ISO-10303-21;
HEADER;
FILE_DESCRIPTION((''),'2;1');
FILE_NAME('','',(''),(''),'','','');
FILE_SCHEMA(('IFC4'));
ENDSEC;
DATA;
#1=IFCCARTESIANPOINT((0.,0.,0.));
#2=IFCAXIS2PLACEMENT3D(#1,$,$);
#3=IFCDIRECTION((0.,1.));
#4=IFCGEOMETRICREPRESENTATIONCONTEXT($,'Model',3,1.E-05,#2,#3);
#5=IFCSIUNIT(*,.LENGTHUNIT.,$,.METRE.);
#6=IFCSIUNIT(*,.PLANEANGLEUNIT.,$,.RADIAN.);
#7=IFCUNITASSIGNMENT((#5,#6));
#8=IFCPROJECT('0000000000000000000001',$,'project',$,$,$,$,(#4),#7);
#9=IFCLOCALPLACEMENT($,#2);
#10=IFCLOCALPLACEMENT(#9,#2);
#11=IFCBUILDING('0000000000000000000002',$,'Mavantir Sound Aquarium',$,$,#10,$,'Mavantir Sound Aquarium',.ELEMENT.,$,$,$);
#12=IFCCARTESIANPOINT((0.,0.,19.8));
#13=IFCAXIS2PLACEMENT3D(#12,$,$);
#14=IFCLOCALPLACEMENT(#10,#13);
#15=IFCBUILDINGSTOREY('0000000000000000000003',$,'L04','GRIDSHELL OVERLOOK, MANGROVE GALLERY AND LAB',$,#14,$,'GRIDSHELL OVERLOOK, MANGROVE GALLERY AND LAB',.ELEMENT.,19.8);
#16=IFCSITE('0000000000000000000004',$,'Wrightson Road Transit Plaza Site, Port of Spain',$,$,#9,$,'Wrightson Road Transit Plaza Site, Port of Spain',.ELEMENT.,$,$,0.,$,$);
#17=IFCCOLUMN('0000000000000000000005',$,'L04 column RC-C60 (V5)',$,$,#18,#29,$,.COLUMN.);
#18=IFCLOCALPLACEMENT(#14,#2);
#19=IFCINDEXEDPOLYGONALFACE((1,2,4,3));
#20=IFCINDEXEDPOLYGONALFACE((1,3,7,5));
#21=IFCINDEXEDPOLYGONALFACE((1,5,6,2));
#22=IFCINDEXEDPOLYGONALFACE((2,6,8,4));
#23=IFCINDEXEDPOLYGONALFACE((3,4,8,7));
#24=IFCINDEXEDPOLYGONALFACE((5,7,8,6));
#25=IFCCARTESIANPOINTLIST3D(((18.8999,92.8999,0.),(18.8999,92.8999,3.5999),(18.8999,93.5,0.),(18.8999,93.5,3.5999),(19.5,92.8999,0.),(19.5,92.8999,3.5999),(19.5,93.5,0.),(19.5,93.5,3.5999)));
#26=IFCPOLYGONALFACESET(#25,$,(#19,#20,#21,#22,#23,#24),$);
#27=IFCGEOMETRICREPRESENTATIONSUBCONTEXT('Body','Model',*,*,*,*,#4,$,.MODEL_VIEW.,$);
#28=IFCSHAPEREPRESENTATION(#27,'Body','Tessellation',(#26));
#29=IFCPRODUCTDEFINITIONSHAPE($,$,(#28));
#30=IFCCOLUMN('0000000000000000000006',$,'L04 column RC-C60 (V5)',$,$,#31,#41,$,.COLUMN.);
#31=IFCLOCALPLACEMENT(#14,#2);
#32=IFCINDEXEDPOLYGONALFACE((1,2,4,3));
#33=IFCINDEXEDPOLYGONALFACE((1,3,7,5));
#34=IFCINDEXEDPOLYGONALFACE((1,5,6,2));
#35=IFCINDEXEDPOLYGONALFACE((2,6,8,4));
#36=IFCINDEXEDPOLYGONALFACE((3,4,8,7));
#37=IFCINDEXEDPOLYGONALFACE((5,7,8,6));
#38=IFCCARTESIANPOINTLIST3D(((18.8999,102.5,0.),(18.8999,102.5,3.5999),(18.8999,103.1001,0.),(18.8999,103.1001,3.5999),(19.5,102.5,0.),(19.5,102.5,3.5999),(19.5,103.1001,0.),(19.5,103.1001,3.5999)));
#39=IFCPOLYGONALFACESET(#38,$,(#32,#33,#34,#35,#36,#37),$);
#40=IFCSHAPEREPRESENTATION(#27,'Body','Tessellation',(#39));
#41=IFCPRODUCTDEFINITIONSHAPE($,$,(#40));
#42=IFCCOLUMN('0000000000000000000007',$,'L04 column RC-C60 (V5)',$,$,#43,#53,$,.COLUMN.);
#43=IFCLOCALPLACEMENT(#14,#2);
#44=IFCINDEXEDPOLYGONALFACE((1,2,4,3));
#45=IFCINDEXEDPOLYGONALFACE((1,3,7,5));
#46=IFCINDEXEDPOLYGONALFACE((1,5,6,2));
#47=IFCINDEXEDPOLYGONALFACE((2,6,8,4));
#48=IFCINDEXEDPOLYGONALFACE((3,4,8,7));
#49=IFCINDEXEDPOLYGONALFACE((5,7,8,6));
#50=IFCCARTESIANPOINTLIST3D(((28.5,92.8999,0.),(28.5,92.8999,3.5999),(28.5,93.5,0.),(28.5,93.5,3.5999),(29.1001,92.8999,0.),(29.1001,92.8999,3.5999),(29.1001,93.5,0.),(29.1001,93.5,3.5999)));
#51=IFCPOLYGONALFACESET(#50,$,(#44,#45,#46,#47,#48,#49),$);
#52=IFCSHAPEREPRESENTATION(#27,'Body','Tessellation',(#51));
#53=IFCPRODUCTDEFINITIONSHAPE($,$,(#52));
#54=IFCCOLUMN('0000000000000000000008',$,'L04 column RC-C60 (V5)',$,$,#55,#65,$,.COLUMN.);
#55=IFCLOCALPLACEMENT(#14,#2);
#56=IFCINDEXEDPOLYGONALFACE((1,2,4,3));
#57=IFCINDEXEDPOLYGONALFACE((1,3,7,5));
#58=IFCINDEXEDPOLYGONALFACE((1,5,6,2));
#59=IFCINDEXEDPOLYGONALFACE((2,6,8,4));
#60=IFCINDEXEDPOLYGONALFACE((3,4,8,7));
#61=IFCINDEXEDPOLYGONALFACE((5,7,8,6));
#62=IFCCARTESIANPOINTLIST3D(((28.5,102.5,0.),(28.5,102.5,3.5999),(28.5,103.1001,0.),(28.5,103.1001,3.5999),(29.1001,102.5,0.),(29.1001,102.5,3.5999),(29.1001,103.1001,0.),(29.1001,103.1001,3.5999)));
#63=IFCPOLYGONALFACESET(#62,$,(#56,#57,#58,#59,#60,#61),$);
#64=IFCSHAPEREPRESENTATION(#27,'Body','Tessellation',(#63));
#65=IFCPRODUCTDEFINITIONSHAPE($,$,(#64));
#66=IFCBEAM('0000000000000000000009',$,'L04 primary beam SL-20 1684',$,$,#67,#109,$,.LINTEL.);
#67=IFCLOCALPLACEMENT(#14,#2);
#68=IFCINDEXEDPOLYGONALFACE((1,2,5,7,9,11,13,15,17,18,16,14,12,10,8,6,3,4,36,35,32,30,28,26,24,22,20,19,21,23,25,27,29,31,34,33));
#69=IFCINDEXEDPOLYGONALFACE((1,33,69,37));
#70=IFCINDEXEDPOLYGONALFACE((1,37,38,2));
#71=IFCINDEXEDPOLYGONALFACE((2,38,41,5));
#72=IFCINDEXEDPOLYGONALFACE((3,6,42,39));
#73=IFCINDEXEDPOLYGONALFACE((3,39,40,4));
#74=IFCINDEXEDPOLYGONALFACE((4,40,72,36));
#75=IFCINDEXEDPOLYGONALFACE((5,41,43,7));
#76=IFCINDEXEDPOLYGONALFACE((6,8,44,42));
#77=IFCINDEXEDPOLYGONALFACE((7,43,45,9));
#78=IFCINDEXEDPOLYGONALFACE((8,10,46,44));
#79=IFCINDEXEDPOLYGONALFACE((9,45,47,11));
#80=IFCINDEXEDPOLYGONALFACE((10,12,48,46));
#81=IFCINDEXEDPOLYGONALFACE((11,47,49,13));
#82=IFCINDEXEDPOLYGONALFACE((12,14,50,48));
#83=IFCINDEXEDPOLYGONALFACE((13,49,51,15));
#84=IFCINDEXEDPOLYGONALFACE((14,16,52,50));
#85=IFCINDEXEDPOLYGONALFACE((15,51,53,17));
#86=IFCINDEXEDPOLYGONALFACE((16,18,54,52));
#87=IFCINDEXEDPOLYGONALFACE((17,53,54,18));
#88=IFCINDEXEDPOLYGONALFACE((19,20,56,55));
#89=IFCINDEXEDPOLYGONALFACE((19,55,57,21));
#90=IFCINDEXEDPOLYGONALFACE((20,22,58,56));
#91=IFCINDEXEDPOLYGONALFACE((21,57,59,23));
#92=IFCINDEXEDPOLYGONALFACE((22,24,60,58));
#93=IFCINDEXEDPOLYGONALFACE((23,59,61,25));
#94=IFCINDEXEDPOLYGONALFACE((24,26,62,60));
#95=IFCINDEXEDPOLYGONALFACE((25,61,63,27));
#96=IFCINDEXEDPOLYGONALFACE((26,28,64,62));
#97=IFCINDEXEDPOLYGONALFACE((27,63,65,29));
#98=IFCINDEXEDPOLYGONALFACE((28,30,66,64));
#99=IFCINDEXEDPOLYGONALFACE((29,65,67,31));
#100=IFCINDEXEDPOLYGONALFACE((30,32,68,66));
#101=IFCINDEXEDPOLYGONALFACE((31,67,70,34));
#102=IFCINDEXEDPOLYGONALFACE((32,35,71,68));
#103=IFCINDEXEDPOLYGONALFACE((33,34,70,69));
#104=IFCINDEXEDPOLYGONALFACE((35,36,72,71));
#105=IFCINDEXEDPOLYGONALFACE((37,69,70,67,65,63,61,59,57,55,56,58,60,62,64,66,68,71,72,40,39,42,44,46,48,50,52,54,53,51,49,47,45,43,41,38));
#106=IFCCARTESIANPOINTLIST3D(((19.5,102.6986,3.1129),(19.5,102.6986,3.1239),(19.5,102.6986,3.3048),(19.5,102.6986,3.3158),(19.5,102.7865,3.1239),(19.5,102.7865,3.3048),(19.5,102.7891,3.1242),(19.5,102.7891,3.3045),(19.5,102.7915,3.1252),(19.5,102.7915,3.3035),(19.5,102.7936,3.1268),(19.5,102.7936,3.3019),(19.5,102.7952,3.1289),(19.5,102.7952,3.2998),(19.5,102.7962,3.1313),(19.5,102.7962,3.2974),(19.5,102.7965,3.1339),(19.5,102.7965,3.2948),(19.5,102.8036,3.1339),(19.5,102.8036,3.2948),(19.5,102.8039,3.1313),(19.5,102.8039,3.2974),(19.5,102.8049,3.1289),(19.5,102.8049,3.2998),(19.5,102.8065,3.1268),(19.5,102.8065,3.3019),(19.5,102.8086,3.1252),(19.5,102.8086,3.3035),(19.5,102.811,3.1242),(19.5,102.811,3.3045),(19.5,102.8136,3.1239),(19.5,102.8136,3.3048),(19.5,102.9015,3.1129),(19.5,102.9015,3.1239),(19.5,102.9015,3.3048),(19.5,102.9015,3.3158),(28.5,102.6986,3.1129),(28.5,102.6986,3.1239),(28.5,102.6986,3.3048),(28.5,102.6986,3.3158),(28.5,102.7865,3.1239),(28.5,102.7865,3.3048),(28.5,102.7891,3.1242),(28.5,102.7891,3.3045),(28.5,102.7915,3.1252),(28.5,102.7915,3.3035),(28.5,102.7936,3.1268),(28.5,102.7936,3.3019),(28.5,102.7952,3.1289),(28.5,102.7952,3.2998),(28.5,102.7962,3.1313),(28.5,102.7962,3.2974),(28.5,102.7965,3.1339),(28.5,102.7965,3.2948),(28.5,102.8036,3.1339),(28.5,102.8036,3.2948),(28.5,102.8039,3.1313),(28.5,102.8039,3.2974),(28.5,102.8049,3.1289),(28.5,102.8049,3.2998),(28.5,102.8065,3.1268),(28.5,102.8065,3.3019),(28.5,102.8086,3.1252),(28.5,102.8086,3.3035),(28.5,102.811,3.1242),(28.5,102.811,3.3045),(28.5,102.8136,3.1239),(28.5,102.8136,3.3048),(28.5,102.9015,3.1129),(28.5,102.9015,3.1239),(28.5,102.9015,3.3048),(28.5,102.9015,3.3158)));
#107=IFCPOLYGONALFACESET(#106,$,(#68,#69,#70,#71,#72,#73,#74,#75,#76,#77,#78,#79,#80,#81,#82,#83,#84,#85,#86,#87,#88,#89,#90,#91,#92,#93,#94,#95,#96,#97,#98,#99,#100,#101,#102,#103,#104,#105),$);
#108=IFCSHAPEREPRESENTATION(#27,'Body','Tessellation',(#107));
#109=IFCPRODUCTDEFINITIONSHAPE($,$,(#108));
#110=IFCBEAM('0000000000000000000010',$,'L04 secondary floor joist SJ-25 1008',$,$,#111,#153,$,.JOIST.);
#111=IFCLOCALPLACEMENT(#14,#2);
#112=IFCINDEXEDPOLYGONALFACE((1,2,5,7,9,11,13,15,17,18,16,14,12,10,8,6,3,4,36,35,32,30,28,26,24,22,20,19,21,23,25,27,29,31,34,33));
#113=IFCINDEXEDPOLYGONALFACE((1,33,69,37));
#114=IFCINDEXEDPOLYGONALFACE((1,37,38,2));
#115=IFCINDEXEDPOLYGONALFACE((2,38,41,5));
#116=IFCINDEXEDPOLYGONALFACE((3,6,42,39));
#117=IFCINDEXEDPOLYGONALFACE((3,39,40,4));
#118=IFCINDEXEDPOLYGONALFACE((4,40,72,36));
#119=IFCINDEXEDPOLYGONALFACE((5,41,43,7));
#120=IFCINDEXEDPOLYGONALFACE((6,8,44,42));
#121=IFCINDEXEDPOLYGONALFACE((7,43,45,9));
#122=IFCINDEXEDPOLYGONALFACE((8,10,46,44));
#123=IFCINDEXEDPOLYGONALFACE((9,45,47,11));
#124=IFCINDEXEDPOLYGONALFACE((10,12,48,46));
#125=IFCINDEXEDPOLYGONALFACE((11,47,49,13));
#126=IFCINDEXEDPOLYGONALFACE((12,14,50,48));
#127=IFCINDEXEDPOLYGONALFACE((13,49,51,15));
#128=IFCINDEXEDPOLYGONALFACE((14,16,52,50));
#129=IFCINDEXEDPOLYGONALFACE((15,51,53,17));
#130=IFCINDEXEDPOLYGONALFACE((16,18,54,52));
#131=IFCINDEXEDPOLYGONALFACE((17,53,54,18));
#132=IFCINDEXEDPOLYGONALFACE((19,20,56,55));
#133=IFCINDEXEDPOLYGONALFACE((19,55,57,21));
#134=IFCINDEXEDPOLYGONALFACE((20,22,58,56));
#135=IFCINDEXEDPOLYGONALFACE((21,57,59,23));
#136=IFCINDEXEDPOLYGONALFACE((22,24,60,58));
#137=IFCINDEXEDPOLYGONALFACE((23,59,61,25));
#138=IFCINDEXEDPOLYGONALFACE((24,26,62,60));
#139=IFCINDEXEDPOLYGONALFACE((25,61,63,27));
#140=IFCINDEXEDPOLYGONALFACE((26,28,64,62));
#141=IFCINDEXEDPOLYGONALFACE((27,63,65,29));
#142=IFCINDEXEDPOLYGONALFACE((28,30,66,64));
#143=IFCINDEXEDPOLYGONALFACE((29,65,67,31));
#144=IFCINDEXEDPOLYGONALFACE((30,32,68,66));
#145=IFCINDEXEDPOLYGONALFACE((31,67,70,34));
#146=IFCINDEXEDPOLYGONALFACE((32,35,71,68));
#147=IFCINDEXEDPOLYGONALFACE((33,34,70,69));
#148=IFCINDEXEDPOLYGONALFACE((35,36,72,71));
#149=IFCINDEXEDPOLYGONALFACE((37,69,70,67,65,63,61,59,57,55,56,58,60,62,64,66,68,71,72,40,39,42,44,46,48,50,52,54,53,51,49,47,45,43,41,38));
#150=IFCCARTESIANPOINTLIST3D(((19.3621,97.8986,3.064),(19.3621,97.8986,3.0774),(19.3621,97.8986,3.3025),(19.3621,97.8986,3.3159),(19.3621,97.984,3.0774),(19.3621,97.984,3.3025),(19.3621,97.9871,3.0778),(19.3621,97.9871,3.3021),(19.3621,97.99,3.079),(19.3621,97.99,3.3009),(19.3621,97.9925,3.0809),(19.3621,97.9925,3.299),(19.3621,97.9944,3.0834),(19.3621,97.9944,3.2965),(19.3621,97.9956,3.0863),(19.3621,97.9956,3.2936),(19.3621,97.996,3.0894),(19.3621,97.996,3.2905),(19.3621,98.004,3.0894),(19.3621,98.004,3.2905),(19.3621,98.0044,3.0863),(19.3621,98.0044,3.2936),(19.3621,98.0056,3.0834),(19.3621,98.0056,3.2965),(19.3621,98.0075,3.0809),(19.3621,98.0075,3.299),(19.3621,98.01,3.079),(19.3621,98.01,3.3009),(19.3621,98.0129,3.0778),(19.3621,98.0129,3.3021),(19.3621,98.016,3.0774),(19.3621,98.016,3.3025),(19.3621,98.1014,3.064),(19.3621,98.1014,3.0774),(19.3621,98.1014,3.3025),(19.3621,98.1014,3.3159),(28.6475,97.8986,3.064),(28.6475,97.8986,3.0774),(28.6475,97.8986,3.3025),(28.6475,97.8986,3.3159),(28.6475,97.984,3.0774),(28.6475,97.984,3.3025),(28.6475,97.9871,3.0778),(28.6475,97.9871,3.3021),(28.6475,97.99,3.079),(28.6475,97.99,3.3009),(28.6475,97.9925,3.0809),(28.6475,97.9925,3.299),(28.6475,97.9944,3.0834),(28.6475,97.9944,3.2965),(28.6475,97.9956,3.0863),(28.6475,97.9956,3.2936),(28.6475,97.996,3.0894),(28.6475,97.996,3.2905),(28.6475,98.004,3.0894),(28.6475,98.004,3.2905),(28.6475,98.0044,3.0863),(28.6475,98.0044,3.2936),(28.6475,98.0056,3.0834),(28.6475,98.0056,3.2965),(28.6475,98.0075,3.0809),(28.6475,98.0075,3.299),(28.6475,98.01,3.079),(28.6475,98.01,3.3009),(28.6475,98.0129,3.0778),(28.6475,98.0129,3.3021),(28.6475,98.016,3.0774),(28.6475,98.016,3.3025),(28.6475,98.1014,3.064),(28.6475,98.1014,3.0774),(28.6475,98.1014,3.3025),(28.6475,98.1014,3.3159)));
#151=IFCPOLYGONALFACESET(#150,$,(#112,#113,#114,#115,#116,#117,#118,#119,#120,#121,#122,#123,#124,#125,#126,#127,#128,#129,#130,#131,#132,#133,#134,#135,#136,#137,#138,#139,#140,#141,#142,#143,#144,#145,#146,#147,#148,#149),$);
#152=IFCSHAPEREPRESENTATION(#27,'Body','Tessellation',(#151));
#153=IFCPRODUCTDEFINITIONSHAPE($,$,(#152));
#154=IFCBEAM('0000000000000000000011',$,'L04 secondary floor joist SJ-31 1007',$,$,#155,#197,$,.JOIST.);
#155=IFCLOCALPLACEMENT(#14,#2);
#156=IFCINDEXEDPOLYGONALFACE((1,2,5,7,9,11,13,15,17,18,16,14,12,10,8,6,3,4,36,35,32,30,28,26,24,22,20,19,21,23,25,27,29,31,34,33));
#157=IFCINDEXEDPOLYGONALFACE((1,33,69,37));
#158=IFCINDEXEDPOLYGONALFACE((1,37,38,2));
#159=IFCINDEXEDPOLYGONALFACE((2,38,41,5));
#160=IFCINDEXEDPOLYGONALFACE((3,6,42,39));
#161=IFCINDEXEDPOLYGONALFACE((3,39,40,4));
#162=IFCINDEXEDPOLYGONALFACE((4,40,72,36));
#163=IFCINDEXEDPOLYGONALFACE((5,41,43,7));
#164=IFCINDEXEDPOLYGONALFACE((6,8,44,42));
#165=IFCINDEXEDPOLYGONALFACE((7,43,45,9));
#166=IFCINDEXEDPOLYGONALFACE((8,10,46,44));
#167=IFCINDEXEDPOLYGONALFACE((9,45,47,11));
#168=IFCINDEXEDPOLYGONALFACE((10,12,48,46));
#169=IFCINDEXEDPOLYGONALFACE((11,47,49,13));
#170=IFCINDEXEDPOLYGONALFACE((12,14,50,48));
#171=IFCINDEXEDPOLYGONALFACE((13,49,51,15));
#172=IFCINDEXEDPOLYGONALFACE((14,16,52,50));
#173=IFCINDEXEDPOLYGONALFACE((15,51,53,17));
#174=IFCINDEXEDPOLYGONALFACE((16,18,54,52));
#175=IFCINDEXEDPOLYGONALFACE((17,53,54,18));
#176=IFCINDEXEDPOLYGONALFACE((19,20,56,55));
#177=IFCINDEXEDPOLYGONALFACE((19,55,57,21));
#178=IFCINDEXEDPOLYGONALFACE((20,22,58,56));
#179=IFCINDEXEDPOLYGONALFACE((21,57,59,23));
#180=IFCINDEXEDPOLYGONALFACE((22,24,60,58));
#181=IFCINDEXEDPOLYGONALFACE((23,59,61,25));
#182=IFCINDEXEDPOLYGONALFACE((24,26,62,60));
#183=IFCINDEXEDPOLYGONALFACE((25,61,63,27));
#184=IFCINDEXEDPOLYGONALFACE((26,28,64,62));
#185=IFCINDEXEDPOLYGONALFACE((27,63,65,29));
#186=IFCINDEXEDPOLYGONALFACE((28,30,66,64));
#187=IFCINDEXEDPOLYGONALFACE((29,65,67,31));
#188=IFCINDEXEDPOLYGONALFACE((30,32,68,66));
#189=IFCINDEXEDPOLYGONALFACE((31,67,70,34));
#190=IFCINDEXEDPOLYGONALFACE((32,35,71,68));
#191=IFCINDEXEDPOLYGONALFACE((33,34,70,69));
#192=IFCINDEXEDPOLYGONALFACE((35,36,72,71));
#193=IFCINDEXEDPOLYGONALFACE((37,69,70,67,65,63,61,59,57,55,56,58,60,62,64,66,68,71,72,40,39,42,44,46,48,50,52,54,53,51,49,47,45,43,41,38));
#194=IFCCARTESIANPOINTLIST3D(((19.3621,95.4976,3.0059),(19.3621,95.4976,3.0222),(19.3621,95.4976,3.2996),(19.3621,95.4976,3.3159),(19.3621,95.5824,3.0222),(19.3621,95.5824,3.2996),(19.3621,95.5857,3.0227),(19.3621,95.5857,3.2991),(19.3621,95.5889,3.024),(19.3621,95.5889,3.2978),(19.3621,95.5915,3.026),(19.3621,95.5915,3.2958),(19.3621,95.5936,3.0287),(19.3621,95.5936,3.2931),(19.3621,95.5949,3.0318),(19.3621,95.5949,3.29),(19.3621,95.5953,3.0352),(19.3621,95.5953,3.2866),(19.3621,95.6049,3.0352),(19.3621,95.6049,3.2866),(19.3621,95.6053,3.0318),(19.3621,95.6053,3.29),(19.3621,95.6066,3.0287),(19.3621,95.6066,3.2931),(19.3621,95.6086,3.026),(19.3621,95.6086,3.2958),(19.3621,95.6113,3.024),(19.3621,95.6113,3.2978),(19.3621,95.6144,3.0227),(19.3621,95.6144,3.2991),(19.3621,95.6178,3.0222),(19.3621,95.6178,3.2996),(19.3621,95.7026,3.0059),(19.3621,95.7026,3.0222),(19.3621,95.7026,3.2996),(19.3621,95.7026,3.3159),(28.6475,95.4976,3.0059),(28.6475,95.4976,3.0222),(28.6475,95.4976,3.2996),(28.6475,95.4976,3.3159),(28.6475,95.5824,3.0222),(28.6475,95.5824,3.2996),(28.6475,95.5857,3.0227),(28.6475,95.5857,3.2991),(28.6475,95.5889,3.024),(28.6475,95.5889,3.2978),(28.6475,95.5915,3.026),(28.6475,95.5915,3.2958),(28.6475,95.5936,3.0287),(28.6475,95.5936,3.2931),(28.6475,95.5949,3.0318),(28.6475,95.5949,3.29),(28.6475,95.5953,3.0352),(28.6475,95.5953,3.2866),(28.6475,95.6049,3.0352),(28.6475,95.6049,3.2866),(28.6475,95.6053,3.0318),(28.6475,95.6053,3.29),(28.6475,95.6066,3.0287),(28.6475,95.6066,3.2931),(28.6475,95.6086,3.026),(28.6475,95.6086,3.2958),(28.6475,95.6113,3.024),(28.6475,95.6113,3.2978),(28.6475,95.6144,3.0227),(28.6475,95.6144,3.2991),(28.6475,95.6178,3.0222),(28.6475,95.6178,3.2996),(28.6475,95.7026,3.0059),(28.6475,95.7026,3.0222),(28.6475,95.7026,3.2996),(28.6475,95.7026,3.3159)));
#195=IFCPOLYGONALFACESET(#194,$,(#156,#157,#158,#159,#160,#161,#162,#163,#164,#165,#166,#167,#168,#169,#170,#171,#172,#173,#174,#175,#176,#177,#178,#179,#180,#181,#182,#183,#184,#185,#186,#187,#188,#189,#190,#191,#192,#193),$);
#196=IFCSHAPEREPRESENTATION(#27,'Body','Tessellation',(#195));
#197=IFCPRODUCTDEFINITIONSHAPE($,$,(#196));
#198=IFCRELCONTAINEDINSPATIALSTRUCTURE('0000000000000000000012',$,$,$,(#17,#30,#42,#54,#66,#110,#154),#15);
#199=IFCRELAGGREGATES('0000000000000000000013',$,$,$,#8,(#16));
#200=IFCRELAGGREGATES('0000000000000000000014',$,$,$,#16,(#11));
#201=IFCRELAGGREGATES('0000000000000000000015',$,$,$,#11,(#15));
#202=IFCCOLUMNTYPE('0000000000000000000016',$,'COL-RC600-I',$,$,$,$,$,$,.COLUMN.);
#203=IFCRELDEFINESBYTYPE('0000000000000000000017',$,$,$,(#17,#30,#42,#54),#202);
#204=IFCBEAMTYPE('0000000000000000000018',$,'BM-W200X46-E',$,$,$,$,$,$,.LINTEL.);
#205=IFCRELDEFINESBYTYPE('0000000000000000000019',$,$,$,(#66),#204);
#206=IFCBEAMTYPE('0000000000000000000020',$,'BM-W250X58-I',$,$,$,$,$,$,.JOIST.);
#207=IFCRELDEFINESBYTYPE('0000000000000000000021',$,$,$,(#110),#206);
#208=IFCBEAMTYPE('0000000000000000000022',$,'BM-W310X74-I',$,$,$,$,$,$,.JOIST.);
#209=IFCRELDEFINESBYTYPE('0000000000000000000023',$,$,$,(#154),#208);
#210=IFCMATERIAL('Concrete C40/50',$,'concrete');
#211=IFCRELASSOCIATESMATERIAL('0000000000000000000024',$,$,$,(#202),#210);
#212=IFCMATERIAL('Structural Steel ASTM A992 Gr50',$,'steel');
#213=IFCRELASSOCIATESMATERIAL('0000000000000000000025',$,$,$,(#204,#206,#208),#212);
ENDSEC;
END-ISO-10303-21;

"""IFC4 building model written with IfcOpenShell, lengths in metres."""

from ifc_helpers import new_model, si_unit, direction, frame, origin, origin_2d, place, context, subcontext, project, spatial, rectangle, i_section, extrude, material, material_profile, profile_set, type_object, element, save


model = new_model("IFC4")

# Units and contexts
model_context = context("Model", 3, precision=1e-05, world=origin(), true_north=direction((0.0, 1.0)))
body_context = subcontext(model_context, "Body", "Model", "MODEL_VIEW")
ifc_project = project(units=[si_unit("LENGTHUNIT", "METRE"), si_unit("PLANEANGLEUNIT", "RADIAN")], contexts=[model_context])

# Site, building, storey
site_placement = place(None, origin())
site = spatial("IfcSite", under=ifc_project, at=site_placement, Name="Wrightson Road Transit Plaza Site, Port of Spain", LongName="Wrightson Road Transit Plaza Site, Port of Spain", CompositionType="ELEMENT", RefElevation=0.0)
building_placement = place(site_placement, origin())
building = spatial("IfcBuilding", under=site, at=building_placement, Name="Mavantir Sound Aquarium", LongName="Mavantir Sound Aquarium", CompositionType="ELEMENT")
storey_placement = place(building_placement, frame((0.0, 0.0, 19.8)))
storey = spatial("IfcBuildingStorey", under=building, at=storey_placement, Name="L04", Description="GRIDSHELL OVERLOOK, MANGROVE GALLERY AND LAB", LongName="GRIDSHELL OVERLOOK, MANGROVE GALLERY AND LAB", CompositionType="ELEMENT", Elevation=19.8)

# Columns
ifc_material_1 = material(Name="Concrete C40/50", Category="concrete")
ifc_material_profile_1 = material_profile(ifc_material_1, rectangle(XDim=0.6001, YDim=0.6001, at=origin_2d()), Name="RC 600X600")
ifc_profile_set_1 = profile_set([ifc_material_profile_1], Name="Concrete C40/50")
column_type = type_object("IfcColumnType", Name="COL-RC600-I", PredefinedType="COLUMN", material=ifc_profile_set_1)
for number, where, z_axis, x_axis, name in (
    (1, (19.2, 93.2, 0.0), (0.0, 0.0, 1.0), (1.0, 0.0, 0.0), "L04 column RC-C60 (V5)"),
    (2, (19.2, 102.8, 0.0), (0.0, 0.0, 1.0), (1.0, 0.0, 0.0), "L04 column RC-C60 (V5)"),
    (3, (28.8, 93.2, 0.0), (0.0, 0.0, 1.0), (1.0, 0.0, 0.0), "L04 column RC-C60 (V5)"),
    (4, (28.8, 102.8, 0.0), (0.0, 0.0, 1.0), (1.0, 0.0, 0.0), "L04 column RC-C60 (V5)"),
):
    element("IfcColumn", number, at=place(storey_placement, frame(where, z_axis=z_axis, x_axis=x_axis)), inside=storey, type_object=column_type, Name=name, PredefinedType="COLUMN", context=body_context, shape_type="SweptSolid", body=[
        extrude(rectangle(XDim=0.6001, YDim=0.6001, at=origin_2d()), origin(), (0.0, 0.0, 1.0), 3.5999),
    ])

# Beams
ifc_material_2 = material(Name="Structural Steel ASTM A992 Gr50", Category="steel")
ifc_material_profile_2 = material_profile(ifc_material_2, i_section(OverallWidth=0.2029, OverallDepth=0.2029, WebThickness=0.0071, FlangeThickness=0.011, FilletRadius=0.01, at=origin_2d()), Name="W200X46")
ifc_profile_set_2 = profile_set([ifc_material_profile_2], Name="Structural Steel ASTM A992 Gr50")
beam_type_1 = type_object("IfcBeamType", Name="BM-W200X46-E", PredefinedType="LINTEL", material=ifc_profile_set_2)
beam_1_placement = place(storey_placement, frame((19.5, 102.8, 3.2144), z_axis=(1.0, 0.0, 0.0), x_axis=(0.0, 1.0, 0.0)))
element("IfcBeam", 5, at=beam_1_placement, inside=storey, type_object=beam_type_1, Name="L04 primary beam SL-20 1684", PredefinedType="LINTEL", context=body_context, shape_type="SweptSolid", body=[
    extrude(i_section(OverallWidth=0.2029, OverallDepth=0.2029, WebThickness=0.0071, FlangeThickness=0.011, FilletRadius=0.01, at=origin_2d()), origin(), (0.0, 0.0, 1.0), 9.0),
])
ifc_material_profile_3 = material_profile(ifc_material_2, i_section(OverallWidth=0.2029, OverallDepth=0.252, WebThickness=0.0081, FlangeThickness=0.0134, FilletRadius=0.012, at=origin_2d()), Name="W250X58")
ifc_profile_set_3 = profile_set([ifc_material_profile_3], Name="Structural Steel ASTM A992 Gr50")
beam_type_2 = type_object("IfcBeamType", Name="BM-W250X58-I", PredefinedType="JOIST", material=ifc_profile_set_3)
beam_2_placement = place(storey_placement, frame((19.3621, 98.0, 3.1899), z_axis=(1.0, 0.0, 0.0), x_axis=(0.0, 1.0, 0.0)))
element("IfcBeam", 6, at=beam_2_placement, inside=storey, type_object=beam_type_2, Name="L04 secondary floor joist SJ-25 1008", PredefinedType="JOIST", context=body_context, shape_type="SweptSolid", body=[
    extrude(i_section(OverallWidth=0.2029, OverallDepth=0.252, WebThickness=0.0081, FlangeThickness=0.0134, FilletRadius=0.012, at=origin_2d()), origin(), (0.0, 0.0, 1.0), 9.2854),
])
ifc_material_profile_4 = material_profile(ifc_material_2, i_section(OverallWidth=0.2051, OverallDepth=0.3101, WebThickness=0.0095, FlangeThickness=0.0164, FilletRadius=0.0129, at=origin_2d()), Name="W310X74")
ifc_profile_set_4 = profile_set([ifc_material_profile_4], Name="Structural Steel ASTM A992 Gr50")
beam_type_3 = type_object("IfcBeamType", Name="BM-W310X74-I", PredefinedType="JOIST", material=ifc_profile_set_4)
beam_3_placement = place(storey_placement, frame((19.3621, 95.6001, 3.1609), z_axis=(1.0, 0.0, 0.0), x_axis=(0.0, 1.0, 0.0)))
element("IfcBeam", 7, at=beam_3_placement, inside=storey, type_object=beam_type_3, Name="L04 secondary floor joist SJ-31 1007", PredefinedType="JOIST", context=body_context, shape_type="SweptSolid", body=[
    extrude(i_section(OverallWidth=0.2051, OverallDepth=0.3101, WebThickness=0.0095, FlangeThickness=0.0164, FilletRadius=0.0129, at=origin_2d()), origin(), (0.0, 0.0, 1.0), 9.2854),
])

save(model, "model.ifc")
